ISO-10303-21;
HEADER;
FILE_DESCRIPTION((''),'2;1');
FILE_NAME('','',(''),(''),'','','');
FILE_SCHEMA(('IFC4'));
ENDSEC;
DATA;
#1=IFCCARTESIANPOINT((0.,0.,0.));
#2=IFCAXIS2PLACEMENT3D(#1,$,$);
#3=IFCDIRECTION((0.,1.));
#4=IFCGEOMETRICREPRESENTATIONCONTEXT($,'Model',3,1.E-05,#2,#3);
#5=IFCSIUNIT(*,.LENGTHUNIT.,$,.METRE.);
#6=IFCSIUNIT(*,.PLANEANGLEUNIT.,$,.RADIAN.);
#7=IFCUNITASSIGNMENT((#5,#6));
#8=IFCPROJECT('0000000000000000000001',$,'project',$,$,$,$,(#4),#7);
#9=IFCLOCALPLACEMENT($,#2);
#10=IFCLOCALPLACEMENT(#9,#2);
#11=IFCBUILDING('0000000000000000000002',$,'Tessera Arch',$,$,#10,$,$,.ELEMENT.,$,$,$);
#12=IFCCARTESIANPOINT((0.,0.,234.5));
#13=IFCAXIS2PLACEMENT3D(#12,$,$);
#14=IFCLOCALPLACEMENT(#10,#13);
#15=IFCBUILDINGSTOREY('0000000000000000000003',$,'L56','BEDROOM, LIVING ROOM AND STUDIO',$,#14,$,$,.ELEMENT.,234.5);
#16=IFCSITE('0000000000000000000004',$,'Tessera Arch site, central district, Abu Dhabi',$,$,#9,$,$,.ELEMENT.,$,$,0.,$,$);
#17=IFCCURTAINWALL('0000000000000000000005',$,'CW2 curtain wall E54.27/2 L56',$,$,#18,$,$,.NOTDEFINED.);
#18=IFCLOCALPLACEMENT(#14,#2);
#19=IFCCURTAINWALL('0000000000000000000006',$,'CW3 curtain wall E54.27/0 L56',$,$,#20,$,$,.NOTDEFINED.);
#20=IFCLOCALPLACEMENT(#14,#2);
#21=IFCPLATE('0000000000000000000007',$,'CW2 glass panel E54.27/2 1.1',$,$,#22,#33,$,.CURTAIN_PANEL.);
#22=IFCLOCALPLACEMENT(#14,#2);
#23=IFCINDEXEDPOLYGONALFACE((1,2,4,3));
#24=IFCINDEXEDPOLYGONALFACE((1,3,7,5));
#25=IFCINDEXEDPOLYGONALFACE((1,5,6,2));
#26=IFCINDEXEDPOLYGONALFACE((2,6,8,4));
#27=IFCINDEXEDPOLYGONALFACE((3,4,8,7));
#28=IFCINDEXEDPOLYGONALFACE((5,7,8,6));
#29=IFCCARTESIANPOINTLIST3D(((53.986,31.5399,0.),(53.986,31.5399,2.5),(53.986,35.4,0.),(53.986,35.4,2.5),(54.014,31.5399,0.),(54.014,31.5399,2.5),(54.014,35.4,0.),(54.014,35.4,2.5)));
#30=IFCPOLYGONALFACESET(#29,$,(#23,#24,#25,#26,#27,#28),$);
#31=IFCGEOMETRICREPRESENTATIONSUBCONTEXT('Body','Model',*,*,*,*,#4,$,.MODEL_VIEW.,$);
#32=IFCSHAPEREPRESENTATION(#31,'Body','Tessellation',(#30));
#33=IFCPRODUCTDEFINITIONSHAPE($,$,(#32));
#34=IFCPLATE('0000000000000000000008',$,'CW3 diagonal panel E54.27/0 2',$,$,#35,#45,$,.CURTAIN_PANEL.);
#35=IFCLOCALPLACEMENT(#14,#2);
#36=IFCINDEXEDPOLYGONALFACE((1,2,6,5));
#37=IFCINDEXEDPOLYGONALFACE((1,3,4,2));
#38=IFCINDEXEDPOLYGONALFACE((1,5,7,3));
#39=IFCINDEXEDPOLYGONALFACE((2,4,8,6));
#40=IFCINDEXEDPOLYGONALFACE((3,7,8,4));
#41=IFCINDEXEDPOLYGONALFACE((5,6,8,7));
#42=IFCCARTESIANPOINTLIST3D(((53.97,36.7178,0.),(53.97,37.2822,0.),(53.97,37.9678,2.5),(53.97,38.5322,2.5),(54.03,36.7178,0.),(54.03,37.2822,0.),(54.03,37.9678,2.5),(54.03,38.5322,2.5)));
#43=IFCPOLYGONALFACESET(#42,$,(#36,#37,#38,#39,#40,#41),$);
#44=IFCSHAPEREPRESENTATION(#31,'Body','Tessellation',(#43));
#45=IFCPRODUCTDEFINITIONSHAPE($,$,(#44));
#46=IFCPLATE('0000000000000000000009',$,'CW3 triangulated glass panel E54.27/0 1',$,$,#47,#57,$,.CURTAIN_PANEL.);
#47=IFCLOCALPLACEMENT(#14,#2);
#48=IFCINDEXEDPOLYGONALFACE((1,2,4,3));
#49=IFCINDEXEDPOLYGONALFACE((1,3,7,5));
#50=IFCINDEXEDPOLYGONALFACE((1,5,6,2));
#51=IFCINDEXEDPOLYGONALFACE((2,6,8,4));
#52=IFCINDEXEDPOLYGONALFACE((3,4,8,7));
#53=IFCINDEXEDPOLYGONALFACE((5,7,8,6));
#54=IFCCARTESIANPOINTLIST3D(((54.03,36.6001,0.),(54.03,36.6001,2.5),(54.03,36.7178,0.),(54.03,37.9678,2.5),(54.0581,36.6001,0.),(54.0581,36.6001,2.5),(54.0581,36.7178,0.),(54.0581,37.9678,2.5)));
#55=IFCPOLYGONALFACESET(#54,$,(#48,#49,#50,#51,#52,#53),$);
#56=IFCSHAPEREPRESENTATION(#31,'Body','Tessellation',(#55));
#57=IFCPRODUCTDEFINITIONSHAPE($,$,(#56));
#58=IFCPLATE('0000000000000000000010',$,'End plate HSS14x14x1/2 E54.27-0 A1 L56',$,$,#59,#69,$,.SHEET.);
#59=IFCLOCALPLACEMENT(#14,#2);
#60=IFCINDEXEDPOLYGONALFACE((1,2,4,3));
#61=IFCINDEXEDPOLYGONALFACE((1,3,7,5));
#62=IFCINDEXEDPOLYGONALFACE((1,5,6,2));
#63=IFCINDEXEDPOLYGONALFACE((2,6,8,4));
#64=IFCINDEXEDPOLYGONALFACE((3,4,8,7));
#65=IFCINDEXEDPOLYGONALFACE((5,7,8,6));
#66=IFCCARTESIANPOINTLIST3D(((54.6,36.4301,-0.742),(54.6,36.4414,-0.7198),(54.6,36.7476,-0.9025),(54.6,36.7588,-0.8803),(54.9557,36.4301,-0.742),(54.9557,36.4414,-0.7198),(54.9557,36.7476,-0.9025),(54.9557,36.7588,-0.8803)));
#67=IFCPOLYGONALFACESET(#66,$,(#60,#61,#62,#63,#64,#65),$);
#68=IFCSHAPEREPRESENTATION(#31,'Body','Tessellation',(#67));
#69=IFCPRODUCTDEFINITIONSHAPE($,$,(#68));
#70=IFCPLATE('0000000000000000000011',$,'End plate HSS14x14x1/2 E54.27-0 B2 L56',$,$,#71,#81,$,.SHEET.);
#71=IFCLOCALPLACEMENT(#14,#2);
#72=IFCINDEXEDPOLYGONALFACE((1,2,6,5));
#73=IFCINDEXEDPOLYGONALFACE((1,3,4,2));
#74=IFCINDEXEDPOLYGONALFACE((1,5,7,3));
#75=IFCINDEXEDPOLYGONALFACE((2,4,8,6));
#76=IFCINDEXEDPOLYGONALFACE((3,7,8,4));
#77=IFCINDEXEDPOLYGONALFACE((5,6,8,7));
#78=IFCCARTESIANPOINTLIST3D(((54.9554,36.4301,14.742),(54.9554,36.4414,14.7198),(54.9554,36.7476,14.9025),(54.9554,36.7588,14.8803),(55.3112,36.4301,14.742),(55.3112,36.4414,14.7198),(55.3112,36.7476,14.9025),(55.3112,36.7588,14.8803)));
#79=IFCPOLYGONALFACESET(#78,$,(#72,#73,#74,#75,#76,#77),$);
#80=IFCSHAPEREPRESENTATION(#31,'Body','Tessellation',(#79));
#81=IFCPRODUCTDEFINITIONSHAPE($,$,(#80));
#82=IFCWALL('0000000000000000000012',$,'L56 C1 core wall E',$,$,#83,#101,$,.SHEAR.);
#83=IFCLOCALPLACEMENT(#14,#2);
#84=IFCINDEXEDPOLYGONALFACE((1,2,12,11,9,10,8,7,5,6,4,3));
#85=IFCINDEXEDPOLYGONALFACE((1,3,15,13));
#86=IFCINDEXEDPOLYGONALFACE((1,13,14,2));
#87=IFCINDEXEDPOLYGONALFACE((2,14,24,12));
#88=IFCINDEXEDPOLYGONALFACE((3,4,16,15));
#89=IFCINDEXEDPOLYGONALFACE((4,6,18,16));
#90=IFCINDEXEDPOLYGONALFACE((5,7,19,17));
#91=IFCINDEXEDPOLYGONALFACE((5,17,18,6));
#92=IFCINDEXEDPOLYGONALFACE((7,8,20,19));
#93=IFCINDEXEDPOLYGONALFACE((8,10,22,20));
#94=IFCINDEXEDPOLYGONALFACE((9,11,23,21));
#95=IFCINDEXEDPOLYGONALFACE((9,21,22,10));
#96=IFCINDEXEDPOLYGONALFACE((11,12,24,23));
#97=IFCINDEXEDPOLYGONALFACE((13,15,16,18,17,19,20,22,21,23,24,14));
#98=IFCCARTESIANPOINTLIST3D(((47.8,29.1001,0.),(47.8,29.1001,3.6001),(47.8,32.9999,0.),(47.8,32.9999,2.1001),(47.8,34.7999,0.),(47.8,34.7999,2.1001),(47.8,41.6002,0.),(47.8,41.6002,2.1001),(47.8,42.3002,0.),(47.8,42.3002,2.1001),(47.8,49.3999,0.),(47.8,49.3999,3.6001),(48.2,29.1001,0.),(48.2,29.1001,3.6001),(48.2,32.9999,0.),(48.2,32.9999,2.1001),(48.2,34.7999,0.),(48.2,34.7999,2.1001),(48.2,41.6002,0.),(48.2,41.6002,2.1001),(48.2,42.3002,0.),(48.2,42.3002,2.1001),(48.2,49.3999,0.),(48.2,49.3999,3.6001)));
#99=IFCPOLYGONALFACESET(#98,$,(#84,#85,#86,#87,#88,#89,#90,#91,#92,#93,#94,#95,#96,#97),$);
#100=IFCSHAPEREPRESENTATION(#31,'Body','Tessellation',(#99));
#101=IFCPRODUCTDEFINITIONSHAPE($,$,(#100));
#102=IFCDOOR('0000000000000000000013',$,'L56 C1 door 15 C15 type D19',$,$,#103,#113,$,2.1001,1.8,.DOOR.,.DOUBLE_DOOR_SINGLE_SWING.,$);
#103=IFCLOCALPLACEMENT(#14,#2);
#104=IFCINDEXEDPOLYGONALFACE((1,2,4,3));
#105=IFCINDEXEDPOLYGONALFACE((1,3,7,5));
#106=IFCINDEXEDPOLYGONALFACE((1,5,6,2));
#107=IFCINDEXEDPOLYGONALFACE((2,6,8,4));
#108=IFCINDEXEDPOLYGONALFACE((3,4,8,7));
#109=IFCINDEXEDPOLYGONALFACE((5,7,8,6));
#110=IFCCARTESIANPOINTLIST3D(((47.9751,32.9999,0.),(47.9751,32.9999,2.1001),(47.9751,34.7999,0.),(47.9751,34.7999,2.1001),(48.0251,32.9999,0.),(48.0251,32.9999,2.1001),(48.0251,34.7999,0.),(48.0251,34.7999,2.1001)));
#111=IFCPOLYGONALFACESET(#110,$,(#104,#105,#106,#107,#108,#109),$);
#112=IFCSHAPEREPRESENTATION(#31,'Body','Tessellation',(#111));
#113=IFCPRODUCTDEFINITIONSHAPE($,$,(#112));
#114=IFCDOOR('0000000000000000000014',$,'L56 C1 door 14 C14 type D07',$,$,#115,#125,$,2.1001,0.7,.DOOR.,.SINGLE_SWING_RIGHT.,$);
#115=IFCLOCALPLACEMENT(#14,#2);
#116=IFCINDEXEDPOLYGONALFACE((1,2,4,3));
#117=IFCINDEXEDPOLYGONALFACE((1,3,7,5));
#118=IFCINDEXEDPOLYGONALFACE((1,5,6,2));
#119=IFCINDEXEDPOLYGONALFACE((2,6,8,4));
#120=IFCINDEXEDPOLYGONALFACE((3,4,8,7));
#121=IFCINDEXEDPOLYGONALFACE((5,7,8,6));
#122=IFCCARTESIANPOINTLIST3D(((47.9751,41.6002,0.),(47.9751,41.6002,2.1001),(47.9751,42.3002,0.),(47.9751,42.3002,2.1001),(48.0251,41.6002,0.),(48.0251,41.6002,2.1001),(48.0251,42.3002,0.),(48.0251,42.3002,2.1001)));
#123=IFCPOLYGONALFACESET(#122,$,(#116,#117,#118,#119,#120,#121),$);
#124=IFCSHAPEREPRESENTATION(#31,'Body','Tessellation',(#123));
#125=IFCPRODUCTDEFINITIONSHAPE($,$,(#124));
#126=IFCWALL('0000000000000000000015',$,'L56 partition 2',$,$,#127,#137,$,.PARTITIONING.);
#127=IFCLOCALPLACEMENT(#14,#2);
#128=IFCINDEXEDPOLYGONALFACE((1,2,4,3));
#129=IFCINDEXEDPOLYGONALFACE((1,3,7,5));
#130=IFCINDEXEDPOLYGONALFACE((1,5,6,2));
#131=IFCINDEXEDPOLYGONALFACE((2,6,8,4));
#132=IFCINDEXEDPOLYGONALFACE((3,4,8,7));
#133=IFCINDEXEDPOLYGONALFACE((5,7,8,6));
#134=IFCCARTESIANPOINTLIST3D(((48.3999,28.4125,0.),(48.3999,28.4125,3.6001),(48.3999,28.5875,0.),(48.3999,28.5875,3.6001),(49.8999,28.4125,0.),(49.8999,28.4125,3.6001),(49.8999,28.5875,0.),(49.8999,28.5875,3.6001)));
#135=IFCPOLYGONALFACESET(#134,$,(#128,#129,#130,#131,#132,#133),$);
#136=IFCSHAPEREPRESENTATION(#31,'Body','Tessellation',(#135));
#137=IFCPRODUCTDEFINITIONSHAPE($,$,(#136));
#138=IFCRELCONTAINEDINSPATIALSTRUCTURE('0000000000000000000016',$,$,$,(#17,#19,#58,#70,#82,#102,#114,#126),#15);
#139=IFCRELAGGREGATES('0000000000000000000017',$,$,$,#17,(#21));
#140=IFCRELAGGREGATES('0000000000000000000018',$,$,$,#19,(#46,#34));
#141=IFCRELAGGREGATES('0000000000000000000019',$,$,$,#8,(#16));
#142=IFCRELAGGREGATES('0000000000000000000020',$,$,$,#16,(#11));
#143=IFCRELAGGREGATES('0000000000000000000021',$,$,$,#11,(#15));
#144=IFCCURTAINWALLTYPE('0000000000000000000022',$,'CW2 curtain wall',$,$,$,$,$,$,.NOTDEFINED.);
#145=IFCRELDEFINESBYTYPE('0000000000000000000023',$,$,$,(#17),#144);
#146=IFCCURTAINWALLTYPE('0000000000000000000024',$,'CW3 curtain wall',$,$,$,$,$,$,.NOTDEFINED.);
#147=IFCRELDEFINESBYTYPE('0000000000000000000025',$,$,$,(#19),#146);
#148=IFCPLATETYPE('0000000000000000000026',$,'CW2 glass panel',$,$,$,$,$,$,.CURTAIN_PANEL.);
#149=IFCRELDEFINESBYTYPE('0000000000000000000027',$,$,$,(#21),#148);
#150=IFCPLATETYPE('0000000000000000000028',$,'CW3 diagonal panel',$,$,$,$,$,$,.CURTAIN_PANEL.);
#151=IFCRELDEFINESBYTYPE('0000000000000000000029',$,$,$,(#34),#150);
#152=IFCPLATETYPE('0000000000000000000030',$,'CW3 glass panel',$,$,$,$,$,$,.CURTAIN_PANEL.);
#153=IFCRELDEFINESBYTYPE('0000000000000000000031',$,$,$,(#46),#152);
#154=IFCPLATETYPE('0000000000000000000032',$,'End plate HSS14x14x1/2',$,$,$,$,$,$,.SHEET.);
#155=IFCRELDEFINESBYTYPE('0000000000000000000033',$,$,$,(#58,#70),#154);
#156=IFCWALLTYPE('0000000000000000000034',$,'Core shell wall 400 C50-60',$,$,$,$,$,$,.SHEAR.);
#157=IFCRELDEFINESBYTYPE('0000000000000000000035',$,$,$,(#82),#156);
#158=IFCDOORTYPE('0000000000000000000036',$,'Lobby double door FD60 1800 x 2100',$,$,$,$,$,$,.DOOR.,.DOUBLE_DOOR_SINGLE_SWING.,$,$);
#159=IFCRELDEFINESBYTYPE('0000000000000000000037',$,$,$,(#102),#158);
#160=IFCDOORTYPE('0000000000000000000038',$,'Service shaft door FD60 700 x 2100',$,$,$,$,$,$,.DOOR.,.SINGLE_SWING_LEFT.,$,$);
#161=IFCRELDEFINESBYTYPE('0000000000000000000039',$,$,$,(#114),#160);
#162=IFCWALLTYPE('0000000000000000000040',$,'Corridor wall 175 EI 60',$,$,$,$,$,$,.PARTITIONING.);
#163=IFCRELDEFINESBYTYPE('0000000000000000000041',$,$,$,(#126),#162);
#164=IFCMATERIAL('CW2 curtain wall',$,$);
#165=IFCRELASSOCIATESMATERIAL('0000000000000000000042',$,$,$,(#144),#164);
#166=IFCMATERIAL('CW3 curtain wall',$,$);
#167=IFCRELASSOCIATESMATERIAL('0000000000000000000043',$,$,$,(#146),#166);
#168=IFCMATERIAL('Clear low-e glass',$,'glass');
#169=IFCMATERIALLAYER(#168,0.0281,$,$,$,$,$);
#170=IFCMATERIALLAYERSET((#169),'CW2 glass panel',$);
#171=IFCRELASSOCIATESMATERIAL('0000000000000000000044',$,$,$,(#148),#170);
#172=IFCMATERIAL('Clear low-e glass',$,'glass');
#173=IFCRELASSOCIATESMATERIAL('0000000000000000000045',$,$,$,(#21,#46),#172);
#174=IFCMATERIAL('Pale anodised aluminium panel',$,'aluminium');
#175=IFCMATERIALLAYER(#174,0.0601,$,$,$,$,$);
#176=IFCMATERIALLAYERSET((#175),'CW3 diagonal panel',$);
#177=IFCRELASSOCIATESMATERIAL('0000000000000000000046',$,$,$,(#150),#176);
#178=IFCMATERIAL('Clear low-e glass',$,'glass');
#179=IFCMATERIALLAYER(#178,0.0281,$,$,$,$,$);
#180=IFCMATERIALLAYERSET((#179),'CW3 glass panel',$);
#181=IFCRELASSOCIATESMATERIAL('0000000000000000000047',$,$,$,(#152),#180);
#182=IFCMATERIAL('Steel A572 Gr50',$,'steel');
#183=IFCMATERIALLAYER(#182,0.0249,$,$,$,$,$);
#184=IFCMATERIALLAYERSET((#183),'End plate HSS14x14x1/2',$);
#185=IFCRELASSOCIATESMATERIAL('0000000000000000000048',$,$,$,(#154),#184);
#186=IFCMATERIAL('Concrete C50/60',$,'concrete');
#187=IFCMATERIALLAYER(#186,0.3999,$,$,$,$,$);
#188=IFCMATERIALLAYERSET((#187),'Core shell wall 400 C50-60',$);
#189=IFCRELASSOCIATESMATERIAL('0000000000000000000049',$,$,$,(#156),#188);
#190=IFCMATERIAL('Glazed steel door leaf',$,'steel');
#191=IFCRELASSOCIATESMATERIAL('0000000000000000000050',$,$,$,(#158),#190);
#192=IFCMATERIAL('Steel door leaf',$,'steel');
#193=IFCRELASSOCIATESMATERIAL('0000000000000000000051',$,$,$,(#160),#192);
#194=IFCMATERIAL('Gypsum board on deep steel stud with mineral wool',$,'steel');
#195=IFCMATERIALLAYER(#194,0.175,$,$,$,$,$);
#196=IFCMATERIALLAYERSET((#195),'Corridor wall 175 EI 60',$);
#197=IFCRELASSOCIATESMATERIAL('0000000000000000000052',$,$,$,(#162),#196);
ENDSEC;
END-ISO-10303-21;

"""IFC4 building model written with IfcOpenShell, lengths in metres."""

from ifc_helpers import new_model, si_unit, direction, frame, frame_2d, origin, origin_2d, place, context, subcontext, project, spatial, polyline, rectangle, outline, extrude, material, layer, layer_set, type_object, element, fill, aggregate, save


model = new_model("IFC4")

# Units and contexts
model_context = context("Model", 3, precision=1e-05, world=origin(), true_north=direction((0.0, 1.0)))
body_context = subcontext(model_context, "Body", "Model", "MODEL_VIEW")
ifc_project = project(units=[si_unit("LENGTHUNIT", "METRE"), si_unit("PLANEANGLEUNIT", "RADIAN")], contexts=[model_context])

# Site, building, storey
site_placement = place(None, origin())
site = spatial("IfcSite", under=ifc_project, at=site_placement, Name="Tessera Arch site, central district, Abu Dhabi", CompositionType="ELEMENT", RefElevation=0.0)
building_placement = place(site_placement, origin())
building = spatial("IfcBuilding", under=site, at=building_placement, Name="Tessera Arch", CompositionType="ELEMENT")
storey_placement = place(building_placement, frame((0.0, 0.0, 234.5)))
storey = spatial("IfcBuildingStorey", under=building, at=storey_placement, Name="L56", Description="BEDROOM, LIVING ROOM AND STUDIO", CompositionType="ELEMENT", Elevation=234.5)

# Curtain walls
ifc_material_1 = material(Name="CW2 curtain wall")
curtain_wall_type_1 = type_object("IfcCurtainWallType", Name="CW2 curtain wall", PredefinedType="NOTDEFINED", material=ifc_material_1)
curtain_wall_1_placement = place(storey_placement, origin())
curtain_wall_1 = element("IfcCurtainWall", 1, at=curtain_wall_1_placement, inside=storey, type_object=curtain_wall_type_1, Name="CW2 curtain wall E54.27/2 L56", PredefinedType="NOTDEFINED")
ifc_material_2 = material(Name="CW3 curtain wall")
curtain_wall_type_2 = type_object("IfcCurtainWallType", Name="CW3 curtain wall", PredefinedType="NOTDEFINED", material=ifc_material_2)
curtain_wall_2_placement = place(storey_placement, origin())
curtain_wall_2 = element("IfcCurtainWall", 2, at=curtain_wall_2_placement, inside=storey, type_object=curtain_wall_type_2, Name="CW3 curtain wall E54.27/0 L56", PredefinedType="NOTDEFINED")

# Plates
ifc_material_3 = material(Name="Clear low-e glass", Category="glass")
ifc_material_4 = material(Name="Clear low-e glass", Category="glass")
ifc_layer_1 = layer(ifc_material_4, 0.0281)
ifc_layer_set_1 = layer_set([ifc_layer_1], Name="CW2 glass panel")
plate_type_1 = type_object("IfcPlateType", Name="CW2 glass panel", PredefinedType="CURTAIN_PANEL", material=ifc_layer_set_1)
plate_1_placement = place(storey_placement, frame((54.0, 33.47, 0.0), z_axis=(0.0, 0.0, 1.0), x_axis=(0.0, 1.0, 0.0)))
plate_1 = element("IfcPlate", 3, at=plate_1_placement, type_object=plate_type_1, material=ifc_material_3, Name="CW2 glass panel E54.27/2 1.1", PredefinedType="CURTAIN_PANEL", context=body_context, shape_type="SweptSolid", body=[
    extrude(rectangle(XDim=3.8601, YDim=0.0281, at=origin_2d()), origin(), (0.0, 0.0, 1.0), 2.5),
])
aggregate(curtain_wall_1, [plate_1])
ifc_material_5 = material(Name="Pale anodised aluminium panel", Category="aluminium")
ifc_layer_2 = layer(ifc_material_5, 0.0601)
ifc_layer_set_2 = layer_set([ifc_layer_2], Name="CW3 diagonal panel")
plate_type_2 = type_object("IfcPlateType", Name="CW3 diagonal panel", PredefinedType="CURTAIN_PANEL", material=ifc_layer_set_2)
plate_2_placement = place(storey_placement, frame((54.03, 38.5322, 2.5), z_axis=(1.0, 0.0, 0.0), x_axis=(0.0, -1.0, 0.0)))
plate_2 = element("IfcPlate", 4, at=plate_2_placement, type_object=plate_type_2, Name="CW3 diagonal panel E54.27/0 2", PredefinedType="CURTAIN_PANEL", context=body_context, shape_type="SweptSolid", body=[
    extrude(outline(polyline([(0.0, 0.0), (0.5645, 0.0), (1.8145, 2.5), (1.25, 2.5), (0.0, 0.0)])), origin(), (0.0, 0.0, -1.0), 0.0601),
])
ifc_material_6 = material(Name="Clear low-e glass", Category="glass")
ifc_layer_3 = layer(ifc_material_6, 0.0281)
ifc_layer_set_3 = layer_set([ifc_layer_3], Name="CW3 glass panel")
plate_type_3 = type_object("IfcPlateType", Name="CW3 glass panel", PredefinedType="CURTAIN_PANEL", material=ifc_layer_set_3)
plate_3_placement = place(storey_placement, frame((54.0581, 36.6001, 0.0), z_axis=(1.0, 0.0, 0.0), x_axis=(0.0, 1.0, 0.0)))
plate_3 = element("IfcPlate", 5, at=plate_3_placement, type_object=plate_type_3, material=ifc_material_3, Name="CW3 triangulated glass panel E54.27/0 1", PredefinedType="CURTAIN_PANEL", context=body_context, shape_type="SweptSolid", body=[
    extrude(outline(polyline([(0.0, 0.0), (0.1177, 0.0), (1.3677, 2.5), (0.0, 2.5), (0.0, 0.0)])), origin(), (0.0, 0.0, -1.0), 0.0281),
])
aggregate(curtain_wall_2, [plate_3, plate_2])

# Plates
ifc_material_7 = material(Name="Steel A572 Gr50", Category="steel")
ifc_layer_4 = layer(ifc_material_7, 0.0249)
ifc_layer_set_4 = layer_set([ifc_layer_4], Name="End plate HSS14x14x1/2")
plate_type_4 = type_object("IfcPlateType", Name="End plate HSS14x14x1/2", PredefinedType="SHEET", material=ifc_layer_set_4)
for number, where, z_axis, x_axis, name in (
    (6, (54.7778, 36.5889, -0.8223), (0.0, 0.451132, 0.892457), (-1.0, 0.0, 0.0), "End plate HSS14x14x1/2 E54.27-0 A1 L56"),
    (7, (55.1333, 36.6001, 14.8), (0.0, -0.451132, 0.892457), (1.0, 0.0, 0.0), "End plate HSS14x14x1/2 E54.27-0 B2 L56"),
):
    element("IfcPlate", number, at=place(storey_placement, frame(where, z_axis=z_axis, x_axis=x_axis)), inside=storey, type_object=plate_type_4, Name=name, PredefinedType="SHEET", context=body_context, shape_type="SweptSolid", body=[
        extrude(rectangle(XDim=0.3557, YDim=0.3557, at=origin_2d()), origin(), (0.0, 0.0, 1.0), 0.0249),
    ])

# Wall, openings, doors
ifc_material_8 = material(Name="Concrete C50/60", Category="concrete")
ifc_layer_5 = layer(ifc_material_8, 0.3999)
ifc_layer_set_5 = layer_set([ifc_layer_5], Name="Core shell wall 400 C50-60")
wall_type_1 = type_object("IfcWallType", Name="Core shell wall 400 C50-60", PredefinedType="SHEAR", material=ifc_layer_set_5)
wall_1_placement = place(storey_placement, frame((48.0, 29.1001, 0.0), z_axis=(0.0, 0.0, 1.0), x_axis=(0.0, 1.0, 0.0)))
wall_1 = element("IfcWall", 8, at=wall_1_placement, inside=storey, type_object=wall_type_1, Name="L56 C1 core wall E", PredefinedType="SHEAR", context=body_context, shape_type="SweptSolid", body=[
    extrude(rectangle(XDim=20.2998, YDim=0.3999, at=frame_2d((10.1499, 0.0))), origin(), (0.0, 0.0, 1.0), 3.6001),
])
opening_1_placement = place(wall_1_placement, frame((12.5, 0.0, 0.0)))
opening_1 = element("IfcOpeningElement", 9, at=opening_1_placement, cuts=wall_1, PredefinedType="OPENING", context=body_context, shape_type="SweptSolid", body=[
    extrude(rectangle(XDim=0.7, YDim=2.1001, at=frame_2d((0.3501, 1.05))), frame((0.0, 0.21, 0.0), z_axis=(0.0, -1.0, 0.0), x_axis=(1.0, 0.0, 0.0)), (0.0, 0.0, 1.0), 0.4199),
])
opening_2_placement = place(wall_1_placement, frame((3.8999, 0.0, 0.0)))
opening_2 = element("IfcOpeningElement", 10, at=opening_2_placement, cuts=wall_1, PredefinedType="OPENING", context=body_context, shape_type="SweptSolid", body=[
    extrude(rectangle(XDim=1.8, YDim=2.1001, at=frame_2d((0.8999, 1.05))), frame((0.0, 0.21, 0.0), z_axis=(0.0, -1.0, 0.0), x_axis=(1.0, 0.0, 0.0)), (0.0, 0.0, 1.0), 0.4199),
])
ifc_material_9 = material(Name="Glazed steel door leaf", Category="steel")
door_type_1 = type_object("IfcDoorType", Name="Lobby double door FD60 1800 x 2100", OperationType="DOUBLE_DOOR_SINGLE_SWING", PredefinedType="DOOR", material=ifc_material_9)
door_1_placement = place(opening_2_placement, origin())
door_1 = element("IfcDoor", 11, at=door_1_placement, inside=storey, type_object=door_type_1, Name="L56 C1 door 15 C15 type D19", OperationType="DOUBLE_DOOR_SINGLE_SWING", OverallHeight=2.1001, OverallWidth=1.8, PredefinedType="DOOR", context=body_context, shape_type="SweptSolid", body=[
    extrude(rectangle(XDim=1.8, YDim=2.1001, at=frame_2d((0.8999, 1.05))), frame((0.0, 0.0249, 0.0), z_axis=(0.0, -1.0, 0.0), x_axis=(1.0, 0.0, 0.0)), (0.0, 0.0, 1.0), 0.05),
])
fill(opening_2, door_1)
ifc_material_10 = material(Name="Steel door leaf", Category="steel")
door_type_2 = type_object("IfcDoorType", Name="Service shaft door FD60 700 x 2100", OperationType="SINGLE_SWING_LEFT", PredefinedType="DOOR", material=ifc_material_10)
door_2_placement = place(opening_1_placement, origin())
door_2 = element("IfcDoor", 12, at=door_2_placement, inside=storey, type_object=door_type_2, Name="L56 C1 door 14 C14 type D07", OperationType="SINGLE_SWING_RIGHT", OverallHeight=2.1001, OverallWidth=0.7, PredefinedType="DOOR", context=body_context, shape_type="SweptSolid", body=[
    extrude(rectangle(XDim=0.7, YDim=2.1001, at=frame_2d((0.3501, 1.05))), frame((0.0, 0.0249, 0.0), z_axis=(0.0, -1.0, 0.0), x_axis=(1.0, 0.0, 0.0)), (0.0, 0.0, 1.0), 0.05),
])
fill(opening_1, door_2)

# Wall
ifc_material_11 = material(Name="Gypsum board on deep steel stud with mineral wool", Category="steel")
ifc_layer_6 = layer(ifc_material_11, 0.175)
ifc_layer_set_6 = layer_set([ifc_layer_6], Name="Corridor wall 175 EI 60")
wall_type_2 = type_object("IfcWallType", Name="Corridor wall 175 EI 60", PredefinedType="PARTITIONING", material=ifc_layer_set_6)
wall_2_placement = place(storey_placement, frame((48.3999, 28.5, 0.0), z_axis=(0.0, 0.0, 1.0), x_axis=(1.0, 0.0, 0.0)))
element("IfcWall", 13, at=wall_2_placement, inside=storey, type_object=wall_type_2, Name="L56 partition 2", PredefinedType="PARTITIONING", context=body_context, shape_type="SweptSolid", body=[
    extrude(rectangle(XDim=1.5, YDim=0.175, at=frame_2d((0.75, 0.0))), origin(), (0.0, 0.0, 1.0), 3.6001),
])

save(model, "model.ifc")
